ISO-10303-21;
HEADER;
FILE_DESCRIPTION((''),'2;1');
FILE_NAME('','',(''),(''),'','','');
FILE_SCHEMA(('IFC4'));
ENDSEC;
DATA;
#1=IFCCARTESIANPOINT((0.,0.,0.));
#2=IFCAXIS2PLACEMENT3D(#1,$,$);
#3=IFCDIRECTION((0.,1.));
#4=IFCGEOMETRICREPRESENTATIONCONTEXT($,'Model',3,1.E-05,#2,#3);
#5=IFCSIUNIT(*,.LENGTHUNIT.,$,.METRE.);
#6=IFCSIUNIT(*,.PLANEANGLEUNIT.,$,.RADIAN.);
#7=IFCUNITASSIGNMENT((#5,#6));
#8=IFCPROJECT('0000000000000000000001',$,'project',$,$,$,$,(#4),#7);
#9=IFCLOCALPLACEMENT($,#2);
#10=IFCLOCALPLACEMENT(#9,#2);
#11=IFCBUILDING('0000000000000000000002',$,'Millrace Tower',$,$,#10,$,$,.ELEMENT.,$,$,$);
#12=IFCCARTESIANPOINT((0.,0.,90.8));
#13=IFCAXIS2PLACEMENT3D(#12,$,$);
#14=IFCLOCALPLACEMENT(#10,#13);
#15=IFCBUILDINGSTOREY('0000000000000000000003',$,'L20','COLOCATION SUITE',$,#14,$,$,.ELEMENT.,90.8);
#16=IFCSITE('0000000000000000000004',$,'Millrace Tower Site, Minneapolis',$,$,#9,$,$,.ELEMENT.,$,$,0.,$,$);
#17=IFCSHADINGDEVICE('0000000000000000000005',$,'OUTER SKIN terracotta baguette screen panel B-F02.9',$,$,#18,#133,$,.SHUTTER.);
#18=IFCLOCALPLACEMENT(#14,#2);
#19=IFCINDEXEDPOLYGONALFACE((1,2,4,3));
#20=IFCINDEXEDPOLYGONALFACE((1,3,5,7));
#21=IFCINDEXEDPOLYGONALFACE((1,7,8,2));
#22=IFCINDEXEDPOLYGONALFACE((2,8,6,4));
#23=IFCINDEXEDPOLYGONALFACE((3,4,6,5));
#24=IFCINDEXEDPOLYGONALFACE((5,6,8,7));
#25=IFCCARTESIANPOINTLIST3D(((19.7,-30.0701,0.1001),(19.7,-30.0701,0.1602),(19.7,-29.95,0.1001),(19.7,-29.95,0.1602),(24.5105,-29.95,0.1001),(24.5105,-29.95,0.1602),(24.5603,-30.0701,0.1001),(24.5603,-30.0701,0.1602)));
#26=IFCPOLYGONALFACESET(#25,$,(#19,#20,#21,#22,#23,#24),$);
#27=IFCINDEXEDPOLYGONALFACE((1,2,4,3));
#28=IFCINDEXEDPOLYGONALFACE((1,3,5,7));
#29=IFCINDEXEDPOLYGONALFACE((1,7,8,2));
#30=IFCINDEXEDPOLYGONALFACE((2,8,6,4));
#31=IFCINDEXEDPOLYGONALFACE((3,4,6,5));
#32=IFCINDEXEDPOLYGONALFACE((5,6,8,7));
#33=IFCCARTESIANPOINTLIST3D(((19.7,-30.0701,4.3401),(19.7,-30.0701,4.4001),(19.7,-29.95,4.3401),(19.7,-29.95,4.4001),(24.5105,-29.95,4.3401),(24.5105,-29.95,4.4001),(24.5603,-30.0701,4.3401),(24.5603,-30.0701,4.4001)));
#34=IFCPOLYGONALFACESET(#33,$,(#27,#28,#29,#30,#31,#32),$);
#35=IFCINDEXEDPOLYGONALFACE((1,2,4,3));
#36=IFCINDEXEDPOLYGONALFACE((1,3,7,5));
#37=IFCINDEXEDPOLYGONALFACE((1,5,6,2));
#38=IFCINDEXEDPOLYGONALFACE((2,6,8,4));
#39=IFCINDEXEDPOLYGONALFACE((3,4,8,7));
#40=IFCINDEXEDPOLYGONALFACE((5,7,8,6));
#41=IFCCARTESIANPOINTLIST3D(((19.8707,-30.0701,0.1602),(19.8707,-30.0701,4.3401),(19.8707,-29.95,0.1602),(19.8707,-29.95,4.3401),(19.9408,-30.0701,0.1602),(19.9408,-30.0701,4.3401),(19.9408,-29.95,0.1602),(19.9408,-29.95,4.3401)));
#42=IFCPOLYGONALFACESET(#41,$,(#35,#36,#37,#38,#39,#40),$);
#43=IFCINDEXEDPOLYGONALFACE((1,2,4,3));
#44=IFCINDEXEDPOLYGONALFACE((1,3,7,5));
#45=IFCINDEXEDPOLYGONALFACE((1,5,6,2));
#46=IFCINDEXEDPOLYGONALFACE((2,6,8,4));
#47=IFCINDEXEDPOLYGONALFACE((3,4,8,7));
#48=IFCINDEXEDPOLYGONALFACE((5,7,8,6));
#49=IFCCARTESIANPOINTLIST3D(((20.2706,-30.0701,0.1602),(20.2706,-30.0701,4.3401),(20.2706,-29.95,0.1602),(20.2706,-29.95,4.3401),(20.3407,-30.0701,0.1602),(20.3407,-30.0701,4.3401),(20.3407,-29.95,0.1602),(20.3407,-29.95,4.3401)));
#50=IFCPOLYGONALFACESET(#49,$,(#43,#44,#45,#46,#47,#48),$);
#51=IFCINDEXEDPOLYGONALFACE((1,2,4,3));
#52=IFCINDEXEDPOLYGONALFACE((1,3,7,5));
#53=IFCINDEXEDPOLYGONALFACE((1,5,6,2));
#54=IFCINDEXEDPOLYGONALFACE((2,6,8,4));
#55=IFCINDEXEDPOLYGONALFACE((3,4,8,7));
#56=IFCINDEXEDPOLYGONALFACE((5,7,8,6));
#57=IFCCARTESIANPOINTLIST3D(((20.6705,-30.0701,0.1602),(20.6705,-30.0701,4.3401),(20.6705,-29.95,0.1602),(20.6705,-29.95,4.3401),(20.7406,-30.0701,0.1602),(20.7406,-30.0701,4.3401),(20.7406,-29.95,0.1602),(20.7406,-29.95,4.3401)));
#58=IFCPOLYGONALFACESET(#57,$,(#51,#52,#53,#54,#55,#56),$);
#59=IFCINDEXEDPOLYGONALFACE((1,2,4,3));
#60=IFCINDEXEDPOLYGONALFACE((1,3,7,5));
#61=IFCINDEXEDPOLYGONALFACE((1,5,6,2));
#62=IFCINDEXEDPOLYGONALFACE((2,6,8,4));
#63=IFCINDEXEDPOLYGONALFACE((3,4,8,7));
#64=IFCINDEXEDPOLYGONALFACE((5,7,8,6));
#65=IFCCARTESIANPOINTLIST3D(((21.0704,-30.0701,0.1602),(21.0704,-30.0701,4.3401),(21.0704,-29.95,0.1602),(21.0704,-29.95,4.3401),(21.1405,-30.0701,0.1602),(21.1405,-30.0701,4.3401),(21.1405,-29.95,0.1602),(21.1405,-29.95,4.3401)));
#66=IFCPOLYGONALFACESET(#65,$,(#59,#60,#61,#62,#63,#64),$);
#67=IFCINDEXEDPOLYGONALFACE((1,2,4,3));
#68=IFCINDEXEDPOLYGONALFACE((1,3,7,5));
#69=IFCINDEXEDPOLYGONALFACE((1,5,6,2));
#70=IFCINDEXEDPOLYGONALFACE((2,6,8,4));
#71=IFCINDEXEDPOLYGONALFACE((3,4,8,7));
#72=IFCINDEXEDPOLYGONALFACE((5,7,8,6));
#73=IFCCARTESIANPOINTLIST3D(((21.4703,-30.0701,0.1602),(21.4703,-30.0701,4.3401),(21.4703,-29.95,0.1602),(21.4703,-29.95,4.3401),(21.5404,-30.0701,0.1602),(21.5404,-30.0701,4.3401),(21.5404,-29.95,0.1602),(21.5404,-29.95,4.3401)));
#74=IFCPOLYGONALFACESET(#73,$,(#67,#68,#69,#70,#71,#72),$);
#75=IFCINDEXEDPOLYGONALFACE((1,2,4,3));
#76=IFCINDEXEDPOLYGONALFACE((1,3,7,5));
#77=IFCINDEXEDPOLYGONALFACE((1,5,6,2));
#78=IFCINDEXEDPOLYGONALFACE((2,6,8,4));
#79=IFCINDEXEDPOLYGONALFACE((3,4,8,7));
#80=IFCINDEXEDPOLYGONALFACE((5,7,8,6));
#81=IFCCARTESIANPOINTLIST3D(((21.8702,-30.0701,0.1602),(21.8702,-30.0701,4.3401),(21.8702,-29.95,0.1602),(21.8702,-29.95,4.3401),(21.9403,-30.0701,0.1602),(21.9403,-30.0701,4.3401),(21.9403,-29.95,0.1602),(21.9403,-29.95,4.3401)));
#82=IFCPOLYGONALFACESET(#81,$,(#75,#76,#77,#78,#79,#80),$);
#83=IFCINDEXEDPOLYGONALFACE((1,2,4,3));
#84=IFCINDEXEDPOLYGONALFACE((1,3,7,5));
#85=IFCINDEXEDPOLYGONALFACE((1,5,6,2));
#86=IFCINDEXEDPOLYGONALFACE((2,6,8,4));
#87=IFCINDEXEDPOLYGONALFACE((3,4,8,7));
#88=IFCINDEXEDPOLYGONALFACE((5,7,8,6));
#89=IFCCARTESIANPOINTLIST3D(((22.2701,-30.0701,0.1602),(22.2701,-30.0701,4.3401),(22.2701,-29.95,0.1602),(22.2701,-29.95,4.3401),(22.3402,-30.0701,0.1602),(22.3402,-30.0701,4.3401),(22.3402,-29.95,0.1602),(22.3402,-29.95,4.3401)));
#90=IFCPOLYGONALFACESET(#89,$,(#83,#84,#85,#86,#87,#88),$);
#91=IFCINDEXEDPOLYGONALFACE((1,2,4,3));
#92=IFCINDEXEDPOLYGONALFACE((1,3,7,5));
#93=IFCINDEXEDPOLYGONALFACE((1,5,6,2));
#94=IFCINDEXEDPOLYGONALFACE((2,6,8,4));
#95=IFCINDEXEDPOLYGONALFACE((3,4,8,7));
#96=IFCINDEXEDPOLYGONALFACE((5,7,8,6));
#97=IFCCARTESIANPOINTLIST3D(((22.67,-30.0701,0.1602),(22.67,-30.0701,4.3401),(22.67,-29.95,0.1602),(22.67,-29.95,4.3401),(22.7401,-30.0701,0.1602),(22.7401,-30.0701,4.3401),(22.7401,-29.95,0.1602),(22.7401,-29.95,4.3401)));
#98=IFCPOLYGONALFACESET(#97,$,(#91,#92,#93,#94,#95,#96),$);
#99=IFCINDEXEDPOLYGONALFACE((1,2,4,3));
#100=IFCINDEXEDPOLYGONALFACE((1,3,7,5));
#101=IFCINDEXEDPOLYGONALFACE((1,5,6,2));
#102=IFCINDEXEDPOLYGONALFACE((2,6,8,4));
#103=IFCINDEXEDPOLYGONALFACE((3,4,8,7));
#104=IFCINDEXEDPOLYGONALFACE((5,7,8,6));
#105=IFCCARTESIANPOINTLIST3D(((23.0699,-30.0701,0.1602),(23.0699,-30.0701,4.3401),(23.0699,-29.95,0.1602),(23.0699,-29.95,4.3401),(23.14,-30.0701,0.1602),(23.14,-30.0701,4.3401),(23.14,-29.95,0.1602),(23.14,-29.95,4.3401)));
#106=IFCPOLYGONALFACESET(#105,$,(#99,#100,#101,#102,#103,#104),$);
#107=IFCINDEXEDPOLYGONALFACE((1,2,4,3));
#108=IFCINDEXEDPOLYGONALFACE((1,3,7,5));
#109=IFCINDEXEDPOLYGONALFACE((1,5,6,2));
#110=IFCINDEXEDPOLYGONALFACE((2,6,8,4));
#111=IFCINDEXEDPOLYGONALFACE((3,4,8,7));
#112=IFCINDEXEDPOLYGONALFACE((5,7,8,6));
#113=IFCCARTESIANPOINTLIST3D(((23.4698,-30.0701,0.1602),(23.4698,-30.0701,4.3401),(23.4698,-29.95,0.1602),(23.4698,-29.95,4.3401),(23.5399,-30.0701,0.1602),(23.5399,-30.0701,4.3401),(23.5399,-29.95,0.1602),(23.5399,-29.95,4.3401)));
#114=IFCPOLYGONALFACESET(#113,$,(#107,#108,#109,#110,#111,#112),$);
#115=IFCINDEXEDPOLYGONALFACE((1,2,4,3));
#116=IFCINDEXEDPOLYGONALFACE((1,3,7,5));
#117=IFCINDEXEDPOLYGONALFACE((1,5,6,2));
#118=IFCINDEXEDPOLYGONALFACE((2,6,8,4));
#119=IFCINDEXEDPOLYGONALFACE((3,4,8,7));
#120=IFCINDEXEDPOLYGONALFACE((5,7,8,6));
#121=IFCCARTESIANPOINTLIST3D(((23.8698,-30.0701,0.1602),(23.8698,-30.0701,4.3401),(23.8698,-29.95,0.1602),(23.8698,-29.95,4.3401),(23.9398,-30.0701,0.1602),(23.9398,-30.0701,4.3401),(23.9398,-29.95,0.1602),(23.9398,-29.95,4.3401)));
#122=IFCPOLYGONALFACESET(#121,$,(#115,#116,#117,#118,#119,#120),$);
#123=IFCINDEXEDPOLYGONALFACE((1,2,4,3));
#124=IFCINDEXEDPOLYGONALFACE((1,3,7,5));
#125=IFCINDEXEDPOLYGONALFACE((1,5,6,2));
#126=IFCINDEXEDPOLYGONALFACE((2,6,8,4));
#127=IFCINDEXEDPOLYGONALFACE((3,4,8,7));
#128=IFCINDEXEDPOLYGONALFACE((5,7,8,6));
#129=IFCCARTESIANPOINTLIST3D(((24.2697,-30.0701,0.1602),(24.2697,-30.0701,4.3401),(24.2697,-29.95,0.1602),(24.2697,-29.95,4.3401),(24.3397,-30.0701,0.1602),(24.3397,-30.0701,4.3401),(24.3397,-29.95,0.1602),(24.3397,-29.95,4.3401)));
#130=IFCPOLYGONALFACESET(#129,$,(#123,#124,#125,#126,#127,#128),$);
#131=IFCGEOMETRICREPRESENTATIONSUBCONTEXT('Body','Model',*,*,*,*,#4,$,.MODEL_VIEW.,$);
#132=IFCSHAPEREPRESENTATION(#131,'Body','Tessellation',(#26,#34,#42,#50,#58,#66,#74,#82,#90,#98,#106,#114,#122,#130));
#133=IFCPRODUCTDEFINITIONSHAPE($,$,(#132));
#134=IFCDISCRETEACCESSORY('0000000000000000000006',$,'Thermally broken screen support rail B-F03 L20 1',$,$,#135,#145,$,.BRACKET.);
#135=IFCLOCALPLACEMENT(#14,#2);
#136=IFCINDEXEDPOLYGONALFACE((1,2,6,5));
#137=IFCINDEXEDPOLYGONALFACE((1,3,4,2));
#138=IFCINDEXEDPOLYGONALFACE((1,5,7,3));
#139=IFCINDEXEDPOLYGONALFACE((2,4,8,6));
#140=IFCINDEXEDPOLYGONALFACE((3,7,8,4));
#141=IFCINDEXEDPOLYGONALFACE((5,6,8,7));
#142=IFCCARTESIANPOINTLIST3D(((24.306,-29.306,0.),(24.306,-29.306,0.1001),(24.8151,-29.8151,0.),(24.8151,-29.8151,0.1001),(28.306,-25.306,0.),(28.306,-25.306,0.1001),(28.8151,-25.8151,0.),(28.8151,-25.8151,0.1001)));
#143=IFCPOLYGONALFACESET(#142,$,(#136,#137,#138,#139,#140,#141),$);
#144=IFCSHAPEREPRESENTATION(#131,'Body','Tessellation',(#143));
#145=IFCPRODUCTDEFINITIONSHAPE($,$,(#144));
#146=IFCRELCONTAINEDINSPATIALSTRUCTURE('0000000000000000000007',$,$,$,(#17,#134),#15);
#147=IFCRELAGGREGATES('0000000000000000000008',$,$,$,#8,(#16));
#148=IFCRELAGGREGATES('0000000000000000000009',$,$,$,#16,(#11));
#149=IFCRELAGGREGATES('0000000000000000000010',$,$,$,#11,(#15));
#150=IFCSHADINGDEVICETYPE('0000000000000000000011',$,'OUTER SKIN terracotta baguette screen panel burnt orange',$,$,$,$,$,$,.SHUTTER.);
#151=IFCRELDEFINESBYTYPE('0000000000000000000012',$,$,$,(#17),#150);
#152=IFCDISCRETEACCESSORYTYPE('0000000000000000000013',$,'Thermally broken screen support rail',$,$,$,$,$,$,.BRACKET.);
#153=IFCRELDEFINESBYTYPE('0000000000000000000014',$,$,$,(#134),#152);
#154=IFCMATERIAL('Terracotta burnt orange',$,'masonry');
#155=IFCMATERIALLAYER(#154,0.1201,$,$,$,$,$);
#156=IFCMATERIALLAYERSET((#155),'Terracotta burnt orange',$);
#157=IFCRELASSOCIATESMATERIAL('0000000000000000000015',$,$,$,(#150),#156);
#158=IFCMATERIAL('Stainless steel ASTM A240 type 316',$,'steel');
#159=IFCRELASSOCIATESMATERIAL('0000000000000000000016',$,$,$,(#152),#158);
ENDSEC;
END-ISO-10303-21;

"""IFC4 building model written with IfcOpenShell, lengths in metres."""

from ifc_helpers import new_model, entity, si_unit, direction, frame, frame_2d, origin, origin_2d, place, context, subcontext, project, spatial, rectangle, extrude, source, transform, mapped, material, layer, layer_set, type_object, element, save


model = new_model("IFC4")

# Units and contexts
model_context = context("Model", 3, precision=1e-05, world=origin(), true_north=direction((0.0, 1.0)))
body_context = subcontext(model_context, "Body", "Model", "MODEL_VIEW")
ifc_project = project(units=[si_unit("LENGTHUNIT", "METRE"), si_unit("PLANEANGLEUNIT", "RADIAN")], contexts=[model_context])

# Site, building, storey
site_placement = place(None, origin())
site = spatial("IfcSite", under=ifc_project, at=site_placement, Name="Millrace Tower Site, Minneapolis", CompositionType="ELEMENT", RefElevation=0.0)
building_placement = place(site_placement, origin())
building = spatial("IfcBuilding", under=site, at=building_placement, Name="Millrace Tower", CompositionType="ELEMENT")
storey_placement = place(building_placement, frame((0.0, 0.0, 90.8)))
storey = spatial("IfcBuildingStorey", under=building, at=storey_placement, Name="L20", Description="COLOCATION SUITE", CompositionType="ELEMENT", Elevation=90.8)

# Shading device
ifc_material_1 = material(Name="Terracotta burnt orange", Category="masonry")
ifc_layer_1 = layer(ifc_material_1, 0.1201)
ifc_layer_set_1 = layer_set([ifc_layer_1], Name="Terracotta burnt orange")
shading_device_type = type_object("IfcShadingDeviceType", Name="OUTER SKIN terracotta baguette screen panel burnt orange", PredefinedType="SHUTTER", material=ifc_layer_set_1)
cartesian_point_1 = entity("IfcCartesianPoint", [-2.4177, 0.0601])
shared_polyline_1 = entity("IfcPolyline", [cartesian_point_1, entity("IfcCartesianPoint", [2.3928, 0.0601]), entity("IfcCartesianPoint", [2.4426, -0.0601]), entity("IfcCartesianPoint", [-2.4177, -0.0601]), cartesian_point_1])
shared_shape_1 = source(origin(), body_context, "Body", "SweptSolid", [
    entity("IfcExtrudedAreaSolid", entity("IfcArbitraryClosedProfileDef", "AREA", None, shared_polyline_1), entity("IfcAxis2Placement3D", entity("IfcCartesianPoint", [0.0, 0.0, 0.0])), entity("IfcDirection", [0.0, 0.0, 1.0]), 0.0601),
    entity("IfcExtrudedAreaSolid", entity("IfcArbitraryClosedProfileDef", "AREA", None, shared_polyline_1), entity("IfcAxis2Placement3D", entity("IfcCartesianPoint", [0.0, 0.0, 4.24])), entity("IfcDirection", [0.0, 0.0, 1.0]), 0.0601),
    extrude(rectangle(XDim=0.0701, YDim=0.1201, at=frame_2d((-2.2119, 0.0))), frame((0.0, 0.0, 0.0601)), (0.0, 0.0, 1.0), 4.1799),
    extrude(rectangle(XDim=0.0701, YDim=0.1201, at=frame_2d((-1.812, 0.0))), frame((0.0, 0.0, 0.0601)), (0.0, 0.0, 1.0), 4.1799),
    extrude(rectangle(XDim=0.0701, YDim=0.1201, at=frame_2d((-1.4121, 0.0))), frame((0.0, 0.0, 0.0601)), (0.0, 0.0, 1.0), 4.1799),
    extrude(rectangle(XDim=0.0701, YDim=0.1201, at=frame_2d((-1.0122, 0.0))), frame((0.0, 0.0, 0.0601)), (0.0, 0.0, 1.0), 4.1799),
    extrude(rectangle(XDim=0.0701, YDim=0.1201, at=frame_2d((-0.6123, 0.0))), frame((0.0, 0.0, 0.0601)), (0.0, 0.0, 1.0), 4.1799),
    extrude(rectangle(XDim=0.0701, YDim=0.1201, at=frame_2d((-0.2124, 0.0))), frame((0.0, 0.0, 0.0601)), (0.0, 0.0, 1.0), 4.1799),
    extrude(rectangle(XDim=0.0701, YDim=0.1201, at=frame_2d((0.1875, 0.0))), frame((0.0, 0.0, 0.0601)), (0.0, 0.0, 1.0), 4.1799),
    extrude(rectangle(XDim=0.0701, YDim=0.1201, at=frame_2d((0.5874, 0.0))), frame((0.0, 0.0, 0.0601)), (0.0, 0.0, 1.0), 4.1799),
    extrude(rectangle(XDim=0.0701, YDim=0.1201, at=frame_2d((0.9873, 0.0))), frame((0.0, 0.0, 0.0601)), (0.0, 0.0, 1.0), 4.1799),
    extrude(rectangle(XDim=0.0701, YDim=0.1201, at=frame_2d((1.3872, 0.0))), frame((0.0, 0.0, 0.0601)), (0.0, 0.0, 1.0), 4.1799),
    extrude(rectangle(XDim=0.0701, YDim=0.1201, at=frame_2d((1.7871, 0.0))), frame((0.0, 0.0, 0.0601)), (0.0, 0.0, 1.0), 4.1799),
    extrude(rectangle(XDim=0.0701, YDim=0.1201, at=frame_2d((2.187, 0.0))), frame((0.0, 0.0, 0.0601)), (0.0, 0.0, 1.0), 4.1799),
])
shading_device_1_placement = place(storey_placement, frame((22.1177, -30.01, 0.1001), z_axis=(0.0, 0.0, 1.0), x_axis=(1.0, 0.0, 0.0)))
element("IfcShadingDevice", 1, at=shading_device_1_placement, inside=storey, type_object=shading_device_type, Name="OUTER SKIN terracotta baguette screen panel B-F02.9", PredefinedType="SHUTTER", context=body_context, shape_type="MappedRepresentation", body=[
    mapped(shared_shape_1, transform((0.0, 0.0, 0.0), scale=1.0)),
])

# Discrete accessory
ifc_material_2 = material(Name="Stainless steel ASTM A240 type 316", Category="steel")
discrete_accessory_type = type_object("IfcDiscreteAccessoryType", Name="Thermally broken screen support rail", PredefinedType="BRACKET", material=ifc_material_2)
discrete_accessory_placement = place(storey_placement, frame((26.5605, -27.5605, 0.0), z_axis=(0.0, 0.0, 1.0), x_axis=(0.707107, 0.707107, 0.0)))
element("IfcDiscreteAccessory", 2, at=discrete_accessory_placement, inside=storey, type_object=discrete_accessory_type, Name="Thermally broken screen support rail B-F03 L20 1", PredefinedType="BRACKET", context=body_context, shape_type="SweptSolid", body=[
    extrude(rectangle(XDim=5.6567, YDim=0.72, at=origin_2d()), origin(), (0.0, 0.0, 1.0), 0.1001),
])

save(model, "model.ifc")
